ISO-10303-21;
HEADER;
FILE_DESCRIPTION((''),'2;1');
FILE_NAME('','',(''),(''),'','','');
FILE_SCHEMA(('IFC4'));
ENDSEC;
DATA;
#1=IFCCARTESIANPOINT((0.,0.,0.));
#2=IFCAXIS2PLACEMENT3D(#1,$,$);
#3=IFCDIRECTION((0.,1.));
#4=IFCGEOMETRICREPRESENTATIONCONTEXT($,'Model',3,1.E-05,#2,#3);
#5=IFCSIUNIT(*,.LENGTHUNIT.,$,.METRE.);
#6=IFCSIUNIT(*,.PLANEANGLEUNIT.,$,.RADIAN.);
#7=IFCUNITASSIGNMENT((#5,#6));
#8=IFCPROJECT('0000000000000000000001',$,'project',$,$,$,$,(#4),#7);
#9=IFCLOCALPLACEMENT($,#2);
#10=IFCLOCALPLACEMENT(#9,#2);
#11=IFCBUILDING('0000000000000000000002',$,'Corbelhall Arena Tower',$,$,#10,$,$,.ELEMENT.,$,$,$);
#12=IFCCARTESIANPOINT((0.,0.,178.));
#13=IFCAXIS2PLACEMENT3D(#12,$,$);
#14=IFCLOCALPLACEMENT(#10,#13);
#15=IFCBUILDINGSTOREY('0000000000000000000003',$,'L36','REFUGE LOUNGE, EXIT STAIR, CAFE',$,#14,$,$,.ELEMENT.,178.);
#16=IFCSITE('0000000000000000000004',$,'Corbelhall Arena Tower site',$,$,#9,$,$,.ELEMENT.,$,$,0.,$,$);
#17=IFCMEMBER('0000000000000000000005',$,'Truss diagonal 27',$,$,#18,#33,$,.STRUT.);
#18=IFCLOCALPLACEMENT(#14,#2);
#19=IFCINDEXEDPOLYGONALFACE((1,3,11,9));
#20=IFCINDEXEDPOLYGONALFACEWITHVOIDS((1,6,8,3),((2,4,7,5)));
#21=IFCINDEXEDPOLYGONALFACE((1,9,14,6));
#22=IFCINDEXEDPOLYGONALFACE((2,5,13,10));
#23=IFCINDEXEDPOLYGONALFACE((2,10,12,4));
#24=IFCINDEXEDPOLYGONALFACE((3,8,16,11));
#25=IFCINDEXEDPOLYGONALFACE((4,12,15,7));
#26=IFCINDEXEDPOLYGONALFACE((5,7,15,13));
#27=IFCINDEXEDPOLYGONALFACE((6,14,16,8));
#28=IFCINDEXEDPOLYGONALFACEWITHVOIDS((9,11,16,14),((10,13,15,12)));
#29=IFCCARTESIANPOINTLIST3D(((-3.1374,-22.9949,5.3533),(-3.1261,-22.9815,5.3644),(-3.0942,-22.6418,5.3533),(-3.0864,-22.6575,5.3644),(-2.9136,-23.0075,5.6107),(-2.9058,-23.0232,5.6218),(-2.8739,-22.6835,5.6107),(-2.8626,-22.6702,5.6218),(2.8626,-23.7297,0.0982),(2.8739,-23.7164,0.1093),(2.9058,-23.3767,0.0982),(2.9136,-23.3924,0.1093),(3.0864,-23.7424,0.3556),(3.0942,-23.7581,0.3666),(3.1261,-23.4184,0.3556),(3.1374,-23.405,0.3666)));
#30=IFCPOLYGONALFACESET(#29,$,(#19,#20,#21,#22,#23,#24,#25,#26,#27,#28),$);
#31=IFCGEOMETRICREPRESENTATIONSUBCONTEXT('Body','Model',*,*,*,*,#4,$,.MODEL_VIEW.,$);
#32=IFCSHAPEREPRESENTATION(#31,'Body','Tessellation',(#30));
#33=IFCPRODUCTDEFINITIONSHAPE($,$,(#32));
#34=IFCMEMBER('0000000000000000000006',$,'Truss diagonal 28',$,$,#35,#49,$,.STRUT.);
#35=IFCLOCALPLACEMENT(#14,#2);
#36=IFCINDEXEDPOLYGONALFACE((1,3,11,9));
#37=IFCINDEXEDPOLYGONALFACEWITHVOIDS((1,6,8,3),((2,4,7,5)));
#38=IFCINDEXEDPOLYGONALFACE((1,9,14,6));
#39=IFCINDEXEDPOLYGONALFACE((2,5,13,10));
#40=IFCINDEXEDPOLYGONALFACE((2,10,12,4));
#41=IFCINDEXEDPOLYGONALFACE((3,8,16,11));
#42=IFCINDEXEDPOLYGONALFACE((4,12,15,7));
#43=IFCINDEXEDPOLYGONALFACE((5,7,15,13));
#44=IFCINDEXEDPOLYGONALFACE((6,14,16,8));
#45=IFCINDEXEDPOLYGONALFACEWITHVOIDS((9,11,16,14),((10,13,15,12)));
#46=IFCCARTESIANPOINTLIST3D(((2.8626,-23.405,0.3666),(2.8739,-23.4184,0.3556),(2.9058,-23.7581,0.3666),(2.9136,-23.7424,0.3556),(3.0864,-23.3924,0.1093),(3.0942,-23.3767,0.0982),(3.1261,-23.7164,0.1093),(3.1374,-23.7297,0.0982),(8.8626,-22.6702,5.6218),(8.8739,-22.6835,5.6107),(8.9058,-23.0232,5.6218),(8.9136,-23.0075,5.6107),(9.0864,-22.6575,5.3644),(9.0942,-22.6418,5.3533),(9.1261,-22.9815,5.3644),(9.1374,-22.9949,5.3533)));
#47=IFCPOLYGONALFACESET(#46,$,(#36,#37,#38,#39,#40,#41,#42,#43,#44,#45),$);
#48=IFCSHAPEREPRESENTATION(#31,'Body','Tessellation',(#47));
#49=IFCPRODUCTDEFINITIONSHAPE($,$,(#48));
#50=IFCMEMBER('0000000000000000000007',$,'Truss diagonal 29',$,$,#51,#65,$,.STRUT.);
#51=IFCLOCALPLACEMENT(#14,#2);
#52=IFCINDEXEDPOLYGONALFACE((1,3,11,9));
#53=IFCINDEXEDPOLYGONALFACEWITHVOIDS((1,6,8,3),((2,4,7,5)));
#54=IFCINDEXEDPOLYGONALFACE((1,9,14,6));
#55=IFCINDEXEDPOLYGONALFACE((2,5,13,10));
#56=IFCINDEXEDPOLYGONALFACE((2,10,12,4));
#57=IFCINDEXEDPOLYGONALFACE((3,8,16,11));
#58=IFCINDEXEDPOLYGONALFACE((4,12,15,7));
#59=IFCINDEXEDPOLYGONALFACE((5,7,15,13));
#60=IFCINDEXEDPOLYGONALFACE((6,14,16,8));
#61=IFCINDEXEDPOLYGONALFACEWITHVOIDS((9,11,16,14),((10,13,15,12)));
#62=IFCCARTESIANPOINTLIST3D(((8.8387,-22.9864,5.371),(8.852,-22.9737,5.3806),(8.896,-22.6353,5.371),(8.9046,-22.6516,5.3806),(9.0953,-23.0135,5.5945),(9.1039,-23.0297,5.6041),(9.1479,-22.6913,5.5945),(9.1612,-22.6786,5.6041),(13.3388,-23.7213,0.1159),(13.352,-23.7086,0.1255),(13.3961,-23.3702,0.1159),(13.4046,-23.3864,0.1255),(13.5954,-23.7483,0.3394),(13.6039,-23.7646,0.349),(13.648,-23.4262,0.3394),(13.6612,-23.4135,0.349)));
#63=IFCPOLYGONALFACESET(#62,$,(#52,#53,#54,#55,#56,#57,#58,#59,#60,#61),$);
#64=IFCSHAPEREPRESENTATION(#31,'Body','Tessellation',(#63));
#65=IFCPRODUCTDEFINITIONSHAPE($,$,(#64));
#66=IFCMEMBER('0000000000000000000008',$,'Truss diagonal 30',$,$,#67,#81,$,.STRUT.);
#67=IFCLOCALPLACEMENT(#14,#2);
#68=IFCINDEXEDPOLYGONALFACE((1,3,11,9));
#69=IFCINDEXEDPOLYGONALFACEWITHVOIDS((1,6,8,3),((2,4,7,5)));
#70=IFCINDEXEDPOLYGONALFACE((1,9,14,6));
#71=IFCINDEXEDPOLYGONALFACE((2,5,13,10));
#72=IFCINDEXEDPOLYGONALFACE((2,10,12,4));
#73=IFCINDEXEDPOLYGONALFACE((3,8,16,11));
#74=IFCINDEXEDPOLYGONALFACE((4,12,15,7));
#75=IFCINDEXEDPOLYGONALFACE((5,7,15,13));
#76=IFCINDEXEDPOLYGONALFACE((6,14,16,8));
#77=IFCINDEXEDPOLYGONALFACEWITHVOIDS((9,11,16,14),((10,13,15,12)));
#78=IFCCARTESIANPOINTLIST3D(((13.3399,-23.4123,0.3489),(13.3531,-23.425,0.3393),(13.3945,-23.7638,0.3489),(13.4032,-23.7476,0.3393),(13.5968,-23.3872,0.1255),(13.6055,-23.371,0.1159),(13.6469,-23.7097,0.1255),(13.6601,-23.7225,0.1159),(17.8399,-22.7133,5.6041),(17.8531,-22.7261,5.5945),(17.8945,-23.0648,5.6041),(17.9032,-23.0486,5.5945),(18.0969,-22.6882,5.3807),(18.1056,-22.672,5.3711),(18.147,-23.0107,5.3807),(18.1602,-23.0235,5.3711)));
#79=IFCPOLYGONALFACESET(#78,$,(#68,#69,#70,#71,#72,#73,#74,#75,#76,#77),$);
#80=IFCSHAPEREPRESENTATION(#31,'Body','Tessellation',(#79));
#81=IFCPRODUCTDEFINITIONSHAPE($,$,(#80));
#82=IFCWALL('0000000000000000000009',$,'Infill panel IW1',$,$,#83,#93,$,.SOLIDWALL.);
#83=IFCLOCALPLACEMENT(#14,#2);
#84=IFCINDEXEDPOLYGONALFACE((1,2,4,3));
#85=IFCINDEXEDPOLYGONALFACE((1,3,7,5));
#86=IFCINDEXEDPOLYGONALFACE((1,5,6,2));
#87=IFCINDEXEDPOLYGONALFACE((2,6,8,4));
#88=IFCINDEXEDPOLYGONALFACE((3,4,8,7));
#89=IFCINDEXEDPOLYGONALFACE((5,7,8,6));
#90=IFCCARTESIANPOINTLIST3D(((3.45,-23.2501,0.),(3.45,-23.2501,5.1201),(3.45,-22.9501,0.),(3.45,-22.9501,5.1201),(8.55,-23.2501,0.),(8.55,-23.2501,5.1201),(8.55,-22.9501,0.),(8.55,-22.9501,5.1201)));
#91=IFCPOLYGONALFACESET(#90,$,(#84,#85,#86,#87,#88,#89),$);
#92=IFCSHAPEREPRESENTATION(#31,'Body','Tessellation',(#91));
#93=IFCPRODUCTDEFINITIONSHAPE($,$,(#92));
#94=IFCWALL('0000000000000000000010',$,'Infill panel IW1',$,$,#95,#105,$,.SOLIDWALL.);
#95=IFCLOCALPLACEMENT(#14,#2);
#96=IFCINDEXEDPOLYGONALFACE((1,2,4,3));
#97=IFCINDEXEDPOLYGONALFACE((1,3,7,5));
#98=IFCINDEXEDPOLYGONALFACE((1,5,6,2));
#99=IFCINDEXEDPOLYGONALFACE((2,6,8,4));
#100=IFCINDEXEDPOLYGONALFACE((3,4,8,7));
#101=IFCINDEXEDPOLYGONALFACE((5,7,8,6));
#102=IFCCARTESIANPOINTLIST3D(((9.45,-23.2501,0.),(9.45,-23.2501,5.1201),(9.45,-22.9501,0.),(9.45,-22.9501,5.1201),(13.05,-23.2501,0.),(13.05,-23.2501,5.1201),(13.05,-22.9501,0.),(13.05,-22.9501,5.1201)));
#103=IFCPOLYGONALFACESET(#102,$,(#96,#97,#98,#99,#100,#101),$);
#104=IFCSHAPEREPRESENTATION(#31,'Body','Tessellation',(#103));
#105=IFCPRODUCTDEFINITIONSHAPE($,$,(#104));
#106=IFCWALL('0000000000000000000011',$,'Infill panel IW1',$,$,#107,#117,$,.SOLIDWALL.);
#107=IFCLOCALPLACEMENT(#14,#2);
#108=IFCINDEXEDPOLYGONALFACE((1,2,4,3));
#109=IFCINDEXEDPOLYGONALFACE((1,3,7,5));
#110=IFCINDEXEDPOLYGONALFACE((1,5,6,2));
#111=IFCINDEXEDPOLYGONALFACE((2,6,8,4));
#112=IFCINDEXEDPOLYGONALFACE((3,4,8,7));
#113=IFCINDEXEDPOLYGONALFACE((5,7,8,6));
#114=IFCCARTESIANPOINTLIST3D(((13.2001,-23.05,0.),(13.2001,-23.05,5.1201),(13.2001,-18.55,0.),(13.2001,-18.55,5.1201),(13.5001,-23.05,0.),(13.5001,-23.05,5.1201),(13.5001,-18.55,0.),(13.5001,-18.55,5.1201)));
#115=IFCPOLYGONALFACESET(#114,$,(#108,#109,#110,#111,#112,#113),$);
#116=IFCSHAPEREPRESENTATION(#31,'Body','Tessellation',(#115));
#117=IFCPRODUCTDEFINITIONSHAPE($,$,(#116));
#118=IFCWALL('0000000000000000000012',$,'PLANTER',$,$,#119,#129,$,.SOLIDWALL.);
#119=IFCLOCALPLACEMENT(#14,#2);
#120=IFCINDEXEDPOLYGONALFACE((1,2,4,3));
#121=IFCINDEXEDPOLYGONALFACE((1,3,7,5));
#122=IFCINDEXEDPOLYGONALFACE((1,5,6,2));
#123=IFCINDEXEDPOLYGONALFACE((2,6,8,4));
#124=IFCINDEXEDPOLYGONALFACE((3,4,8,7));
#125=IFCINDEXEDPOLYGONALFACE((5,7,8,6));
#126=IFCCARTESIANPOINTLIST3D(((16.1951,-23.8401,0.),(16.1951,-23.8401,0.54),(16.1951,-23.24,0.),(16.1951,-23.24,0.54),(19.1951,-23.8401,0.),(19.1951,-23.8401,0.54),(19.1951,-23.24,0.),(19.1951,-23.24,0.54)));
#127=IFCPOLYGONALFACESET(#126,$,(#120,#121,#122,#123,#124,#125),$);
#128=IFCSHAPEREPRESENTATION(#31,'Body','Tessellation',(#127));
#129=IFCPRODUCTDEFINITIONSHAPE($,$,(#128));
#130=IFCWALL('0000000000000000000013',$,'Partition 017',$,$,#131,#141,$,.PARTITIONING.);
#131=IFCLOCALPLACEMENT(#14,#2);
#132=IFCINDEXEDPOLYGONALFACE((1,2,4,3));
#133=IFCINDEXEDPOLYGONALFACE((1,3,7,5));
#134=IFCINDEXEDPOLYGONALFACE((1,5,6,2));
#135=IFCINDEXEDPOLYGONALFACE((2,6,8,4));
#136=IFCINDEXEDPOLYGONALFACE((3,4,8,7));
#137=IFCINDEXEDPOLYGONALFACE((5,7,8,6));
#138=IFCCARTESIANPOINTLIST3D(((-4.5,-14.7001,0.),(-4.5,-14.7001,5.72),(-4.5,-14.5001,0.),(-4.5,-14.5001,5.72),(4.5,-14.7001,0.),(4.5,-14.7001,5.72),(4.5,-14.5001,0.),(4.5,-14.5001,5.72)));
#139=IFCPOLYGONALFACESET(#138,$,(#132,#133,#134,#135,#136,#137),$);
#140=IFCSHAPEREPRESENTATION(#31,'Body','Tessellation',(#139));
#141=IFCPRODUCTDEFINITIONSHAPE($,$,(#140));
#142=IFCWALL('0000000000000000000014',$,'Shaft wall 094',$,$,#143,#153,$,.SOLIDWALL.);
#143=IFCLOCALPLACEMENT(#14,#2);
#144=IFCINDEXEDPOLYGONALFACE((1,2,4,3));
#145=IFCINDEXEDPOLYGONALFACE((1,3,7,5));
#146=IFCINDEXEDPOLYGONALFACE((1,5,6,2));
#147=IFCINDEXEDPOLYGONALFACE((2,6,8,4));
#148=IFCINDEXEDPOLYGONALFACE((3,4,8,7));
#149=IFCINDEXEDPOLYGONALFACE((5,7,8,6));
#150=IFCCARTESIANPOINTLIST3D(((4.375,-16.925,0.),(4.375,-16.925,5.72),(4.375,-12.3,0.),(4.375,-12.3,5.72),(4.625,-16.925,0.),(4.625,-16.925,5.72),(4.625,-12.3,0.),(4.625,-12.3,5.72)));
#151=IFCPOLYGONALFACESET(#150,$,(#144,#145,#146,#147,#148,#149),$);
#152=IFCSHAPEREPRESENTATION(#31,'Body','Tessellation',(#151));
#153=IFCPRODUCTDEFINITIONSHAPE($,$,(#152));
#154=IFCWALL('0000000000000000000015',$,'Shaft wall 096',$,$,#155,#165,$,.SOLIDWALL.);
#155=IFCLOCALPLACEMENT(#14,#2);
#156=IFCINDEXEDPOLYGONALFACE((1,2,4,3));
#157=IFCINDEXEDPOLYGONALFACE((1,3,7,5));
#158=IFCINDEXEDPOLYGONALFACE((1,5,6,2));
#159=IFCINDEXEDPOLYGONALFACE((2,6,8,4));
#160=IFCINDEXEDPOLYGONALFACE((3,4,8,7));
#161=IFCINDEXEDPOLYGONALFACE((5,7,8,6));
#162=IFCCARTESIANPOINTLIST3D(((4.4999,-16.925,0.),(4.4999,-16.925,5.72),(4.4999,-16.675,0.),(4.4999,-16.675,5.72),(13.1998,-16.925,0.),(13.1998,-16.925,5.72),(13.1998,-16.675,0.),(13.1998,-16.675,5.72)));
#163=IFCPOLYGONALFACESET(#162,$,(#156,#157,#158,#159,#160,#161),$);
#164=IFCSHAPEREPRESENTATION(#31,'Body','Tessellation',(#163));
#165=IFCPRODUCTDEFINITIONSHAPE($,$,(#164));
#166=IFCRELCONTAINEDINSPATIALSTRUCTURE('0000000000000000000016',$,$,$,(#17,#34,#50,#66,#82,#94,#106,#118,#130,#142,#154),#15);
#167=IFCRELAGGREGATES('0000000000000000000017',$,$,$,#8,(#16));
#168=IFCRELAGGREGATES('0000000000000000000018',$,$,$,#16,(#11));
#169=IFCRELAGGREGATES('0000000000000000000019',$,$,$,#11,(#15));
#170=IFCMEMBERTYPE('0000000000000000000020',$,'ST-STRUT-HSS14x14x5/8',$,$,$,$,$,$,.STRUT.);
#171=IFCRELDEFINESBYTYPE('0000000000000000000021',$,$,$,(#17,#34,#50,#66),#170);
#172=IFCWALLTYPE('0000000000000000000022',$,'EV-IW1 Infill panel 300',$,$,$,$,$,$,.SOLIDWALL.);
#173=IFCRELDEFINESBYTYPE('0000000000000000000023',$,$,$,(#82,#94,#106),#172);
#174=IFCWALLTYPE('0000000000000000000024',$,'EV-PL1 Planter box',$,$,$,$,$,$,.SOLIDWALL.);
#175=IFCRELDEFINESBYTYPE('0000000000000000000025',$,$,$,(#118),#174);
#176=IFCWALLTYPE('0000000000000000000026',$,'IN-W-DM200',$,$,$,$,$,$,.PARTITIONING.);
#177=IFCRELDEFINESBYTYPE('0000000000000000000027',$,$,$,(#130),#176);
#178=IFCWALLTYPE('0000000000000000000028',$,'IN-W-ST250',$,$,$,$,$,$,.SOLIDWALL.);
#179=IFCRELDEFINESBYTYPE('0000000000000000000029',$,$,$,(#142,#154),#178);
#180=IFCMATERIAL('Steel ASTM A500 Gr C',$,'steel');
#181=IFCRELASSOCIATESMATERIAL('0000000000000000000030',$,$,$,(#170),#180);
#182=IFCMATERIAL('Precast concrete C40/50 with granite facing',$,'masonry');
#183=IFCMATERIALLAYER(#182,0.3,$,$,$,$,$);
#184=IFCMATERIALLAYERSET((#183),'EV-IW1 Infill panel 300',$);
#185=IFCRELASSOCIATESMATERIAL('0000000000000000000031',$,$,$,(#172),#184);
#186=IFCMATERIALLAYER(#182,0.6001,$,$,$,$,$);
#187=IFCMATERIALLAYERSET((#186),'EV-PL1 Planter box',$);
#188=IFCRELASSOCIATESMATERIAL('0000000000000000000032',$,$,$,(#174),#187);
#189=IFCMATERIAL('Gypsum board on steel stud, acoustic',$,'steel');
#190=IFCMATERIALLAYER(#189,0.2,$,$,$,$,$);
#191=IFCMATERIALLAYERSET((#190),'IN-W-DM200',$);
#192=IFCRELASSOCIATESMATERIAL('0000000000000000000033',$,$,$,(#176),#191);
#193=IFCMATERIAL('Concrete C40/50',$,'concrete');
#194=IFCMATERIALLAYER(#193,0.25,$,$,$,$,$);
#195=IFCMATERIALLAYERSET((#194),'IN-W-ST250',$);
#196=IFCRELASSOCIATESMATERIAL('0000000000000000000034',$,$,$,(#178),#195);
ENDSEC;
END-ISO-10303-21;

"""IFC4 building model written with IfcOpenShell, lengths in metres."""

from ifc_helpers import new_model, si_unit, direction, frame, frame_2d, origin, origin_2d, place, context, subcontext, project, spatial, rectangle, hollow_rectangle, extrude, material, layer, layer_set, material_profile, profile_set, type_object, element, save


model = new_model("IFC4")

# Units and contexts
model_context = context("Model", 3, precision=1e-05, world=origin(), true_north=direction((0.0, 1.0)))
body_context = subcontext(model_context, "Body", "Model", "MODEL_VIEW")
ifc_project = project(units=[si_unit("LENGTHUNIT", "METRE"), si_unit("PLANEANGLEUNIT", "RADIAN")], contexts=[model_context])

# Site, building, storey
site_placement = place(None, origin())
site = spatial("IfcSite", under=ifc_project, at=site_placement, Name="Corbelhall Arena Tower site", CompositionType="ELEMENT", RefElevation=0.0)
building_placement = place(site_placement, origin())
building = spatial("IfcBuilding", under=site, at=building_placement, Name="Corbelhall Arena Tower", CompositionType="ELEMENT")
storey_placement = place(building_placement, frame((0.0, 0.0, 178.0)))
storey = spatial("IfcBuildingStorey", under=building, at=storey_placement, Name="L36", Description="REFUGE LOUNGE, EXIT STAIR, CAFE", CompositionType="ELEMENT", Elevation=178.0)

# Members
ifc_material_1 = material(Name="Steel ASTM A500 Gr C", Category="steel")
ifc_material_profile_1 = material_profile(ifc_material_1, hollow_rectangle(XDim=0.3557, YDim=0.3557, WallThickness=0.0146, at=origin_2d()))
ifc_profile_set_1 = profile_set([ifc_material_profile_1], Name="Steel ASTM A500 Gr C")
member_type_1 = type_object("IfcMemberType", Name="ST-STRUT-HSS14x14x5/8", PredefinedType="STRUT", material=ifc_profile_set_1)
for number, where, z_axis, x_axis, name in (
    (1, (3.0, -23.5674, 0.2324), (-0.749085, 0.091746, 0.65609), (-0.121569, -0.992583, 0.0), "Truss diagonal 27"),
    (2, (3.0, -23.5674, 0.2324), (0.749085, 0.091746, 0.65609), (-0.121569, 0.992583, 0.0), "Truss diagonal 28"),
):
    element("IfcMember", number, at=place(storey_placement, frame(where, z_axis=z_axis, x_axis=x_axis)), inside=storey, type_object=member_type_1, Name=name, PredefinedType="STRUT", context=body_context, shape_type="SweptSolid", body=[
        extrude(hollow_rectangle(XDim=0.3557, YDim=0.3557, WallThickness=0.0146, at=origin_2d()), origin(), (0.0, 0.0, 1.0), 8.0098),
    ])
member_1_placement = place(storey_placement, frame((13.5, -23.5674, 0.2324), z_axis=(-0.646787, 0.105622, 0.755322), x_axis=(-0.161168, -0.986927, 0.0)))
element("IfcMember", 3, at=member_1_placement, inside=storey, type_object=member_type_1, Name="Truss diagonal 29", PredefinedType="STRUT", context=body_context, shape_type="SweptSolid", body=[
    extrude(hollow_rectangle(XDim=0.3557, YDim=0.3557, WallThickness=0.0146, at=origin_2d()), origin(), (0.0, 0.0, 1.0), 6.9575),
])
member_2_placement = place(storey_placement, frame((13.5, -23.5674, 0.2324), z_axis=(0.647131, 0.100517, 0.755723), x_axis=(-0.153487, 0.988151, 0.0)))
element("IfcMember", 4, at=member_2_placement, inside=storey, type_object=member_type_1, Name="Truss diagonal 30", PredefinedType="STRUT", context=body_context, shape_type="SweptSolid", body=[
    extrude(hollow_rectangle(XDim=0.3557, YDim=0.3557, WallThickness=0.0146, at=origin_2d()), origin(), (0.0, 0.0, 1.0), 6.9539),
])

# Walls
ifc_material_2 = material(Name="Precast concrete C40/50 with granite facing", Category="masonry")
ifc_layer_1 = layer(ifc_material_2, 0.3)
ifc_layer_set_1 = layer_set([ifc_layer_1], Name="EV-IW1 Infill panel 300")
wall_type_1 = type_object("IfcWallType", Name="EV-IW1 Infill panel 300", PredefinedType="SOLIDWALL", material=ifc_layer_set_1)
wall_1_placement = place(storey_placement, frame((3.45, -23.1001, 0.0), z_axis=(0.0, 0.0, 1.0), x_axis=(1.0, 0.0, 0.0)))
element("IfcWall", 5, at=wall_1_placement, inside=storey, type_object=wall_type_1, Name="Infill panel IW1", PredefinedType="SOLIDWALL", context=body_context, shape_type="SweptSolid", body=[
    extrude(rectangle(XDim=5.1001, YDim=0.3, at=frame_2d((2.55, 0.0))), origin(), (0.0, 0.0, 1.0), 5.1201),
])
wall_2_placement = place(storey_placement, frame((9.45, -23.1001, 0.0), z_axis=(0.0, 0.0, 1.0), x_axis=(1.0, 0.0, 0.0)))
element("IfcWall", 6, at=wall_2_placement, inside=storey, type_object=wall_type_1, Name="Infill panel IW1", PredefinedType="SOLIDWALL", context=body_context, shape_type="SweptSolid", body=[
    extrude(rectangle(XDim=3.6001, YDim=0.3, at=frame_2d((1.8, 0.0))), origin(), (0.0, 0.0, 1.0), 5.1201),
])
wall_3_placement = place(storey_placement, frame((13.3501, -23.05, 0.0), z_axis=(0.0, 0.0, 1.0), x_axis=(0.0, 1.0, 0.0)))
element("IfcWall", 7, at=wall_3_placement, inside=storey, type_object=wall_type_1, Name="Infill panel IW1", PredefinedType="SOLIDWALL", context=body_context, shape_type="SweptSolid", body=[
    extrude(rectangle(XDim=4.5, YDim=0.3, at=frame_2d((2.25, 0.0))), origin(), (0.0, 0.0, 1.0), 5.1201),
])
ifc_layer_2 = layer(ifc_material_2, 0.6001)
ifc_layer_set_2 = layer_set([ifc_layer_2], Name="EV-PL1 Planter box")
wall_type_2 = type_object("IfcWallType", Name="EV-PL1 Planter box", PredefinedType="SOLIDWALL", material=ifc_layer_set_2)
wall_4_placement = place(storey_placement, frame((19.1951, -23.54, 0.0), z_axis=(0.0, 0.0, 1.0), x_axis=(-1.0, 0.0, 0.0)))
element("IfcWall", 8, at=wall_4_placement, inside=storey, type_object=wall_type_2, Name="PLANTER", PredefinedType="SOLIDWALL", context=body_context, shape_type="SweptSolid", body=[
    extrude(rectangle(XDim=3.0, YDim=0.6001, at=frame_2d((1.5, 0.0))), origin(), (0.0, 0.0, 1.0), 0.54),
])
ifc_material_3 = material(Name="Gypsum board on steel stud, acoustic", Category="steel")
ifc_layer_3 = layer(ifc_material_3, 0.2)
ifc_layer_set_3 = layer_set([ifc_layer_3], Name="IN-W-DM200")
wall_type_3 = type_object("IfcWallType", Name="IN-W-DM200", PredefinedType="PARTITIONING", material=ifc_layer_set_3)
wall_5_placement = place(storey_placement, frame((4.5, -14.6001, 0.0), z_axis=(0.0, 0.0, 1.0), x_axis=(-1.0, 0.0, 0.0)))
element("IfcWall", 9, at=wall_5_placement, inside=storey, type_object=wall_type_3, Name="Partition 017", PredefinedType="PARTITIONING", context=body_context, shape_type="SweptSolid", body=[
    extrude(rectangle(XDim=9.0, YDim=0.2, at=frame_2d((4.5, 0.0))), origin(), (0.0, 0.0, 1.0), 5.72),
])
ifc_material_4 = material(Name="Concrete C40/50", Category="concrete")
ifc_layer_4 = layer(ifc_material_4, 0.25)
ifc_layer_set_4 = layer_set([ifc_layer_4], Name="IN-W-ST250")
wall_type_4 = type_object("IfcWallType", Name="IN-W-ST250", PredefinedType="SOLIDWALL", material=ifc_layer_set_4)
wall_6_placement = place(storey_placement, frame((4.5, -16.925, 0.0), z_axis=(0.0, 0.0, 1.0), x_axis=(0.0, 1.0, 0.0)))
element("IfcWall", 10, at=wall_6_placement, inside=storey, type_object=wall_type_4, Name="Shaft wall 094", PredefinedType="SOLIDWALL", context=body_context, shape_type="SweptSolid", body=[
    extrude(rectangle(XDim=4.625, YDim=0.25, at=frame_2d((2.3125, 0.0))), origin(), (0.0, 0.0, 1.0), 5.72),
])
wall_7_placement = place(storey_placement, frame((13.2, -16.8, 0.0), z_axis=(0.0, 0.0, 1.0), x_axis=(-1.0, 0.0, 0.0)))
element("IfcWall", 11, at=wall_7_placement, inside=storey, type_object=wall_type_4, Name="Shaft wall 096", PredefinedType="SOLIDWALL", context=body_context, shape_type="SweptSolid", body=[
    extrude(rectangle(XDim=8.7, YDim=0.25, at=frame_2d((4.3501, 0.0))), origin(), (0.0, 0.0, 1.0), 5.72),
])

save(model, "model.ifc")
